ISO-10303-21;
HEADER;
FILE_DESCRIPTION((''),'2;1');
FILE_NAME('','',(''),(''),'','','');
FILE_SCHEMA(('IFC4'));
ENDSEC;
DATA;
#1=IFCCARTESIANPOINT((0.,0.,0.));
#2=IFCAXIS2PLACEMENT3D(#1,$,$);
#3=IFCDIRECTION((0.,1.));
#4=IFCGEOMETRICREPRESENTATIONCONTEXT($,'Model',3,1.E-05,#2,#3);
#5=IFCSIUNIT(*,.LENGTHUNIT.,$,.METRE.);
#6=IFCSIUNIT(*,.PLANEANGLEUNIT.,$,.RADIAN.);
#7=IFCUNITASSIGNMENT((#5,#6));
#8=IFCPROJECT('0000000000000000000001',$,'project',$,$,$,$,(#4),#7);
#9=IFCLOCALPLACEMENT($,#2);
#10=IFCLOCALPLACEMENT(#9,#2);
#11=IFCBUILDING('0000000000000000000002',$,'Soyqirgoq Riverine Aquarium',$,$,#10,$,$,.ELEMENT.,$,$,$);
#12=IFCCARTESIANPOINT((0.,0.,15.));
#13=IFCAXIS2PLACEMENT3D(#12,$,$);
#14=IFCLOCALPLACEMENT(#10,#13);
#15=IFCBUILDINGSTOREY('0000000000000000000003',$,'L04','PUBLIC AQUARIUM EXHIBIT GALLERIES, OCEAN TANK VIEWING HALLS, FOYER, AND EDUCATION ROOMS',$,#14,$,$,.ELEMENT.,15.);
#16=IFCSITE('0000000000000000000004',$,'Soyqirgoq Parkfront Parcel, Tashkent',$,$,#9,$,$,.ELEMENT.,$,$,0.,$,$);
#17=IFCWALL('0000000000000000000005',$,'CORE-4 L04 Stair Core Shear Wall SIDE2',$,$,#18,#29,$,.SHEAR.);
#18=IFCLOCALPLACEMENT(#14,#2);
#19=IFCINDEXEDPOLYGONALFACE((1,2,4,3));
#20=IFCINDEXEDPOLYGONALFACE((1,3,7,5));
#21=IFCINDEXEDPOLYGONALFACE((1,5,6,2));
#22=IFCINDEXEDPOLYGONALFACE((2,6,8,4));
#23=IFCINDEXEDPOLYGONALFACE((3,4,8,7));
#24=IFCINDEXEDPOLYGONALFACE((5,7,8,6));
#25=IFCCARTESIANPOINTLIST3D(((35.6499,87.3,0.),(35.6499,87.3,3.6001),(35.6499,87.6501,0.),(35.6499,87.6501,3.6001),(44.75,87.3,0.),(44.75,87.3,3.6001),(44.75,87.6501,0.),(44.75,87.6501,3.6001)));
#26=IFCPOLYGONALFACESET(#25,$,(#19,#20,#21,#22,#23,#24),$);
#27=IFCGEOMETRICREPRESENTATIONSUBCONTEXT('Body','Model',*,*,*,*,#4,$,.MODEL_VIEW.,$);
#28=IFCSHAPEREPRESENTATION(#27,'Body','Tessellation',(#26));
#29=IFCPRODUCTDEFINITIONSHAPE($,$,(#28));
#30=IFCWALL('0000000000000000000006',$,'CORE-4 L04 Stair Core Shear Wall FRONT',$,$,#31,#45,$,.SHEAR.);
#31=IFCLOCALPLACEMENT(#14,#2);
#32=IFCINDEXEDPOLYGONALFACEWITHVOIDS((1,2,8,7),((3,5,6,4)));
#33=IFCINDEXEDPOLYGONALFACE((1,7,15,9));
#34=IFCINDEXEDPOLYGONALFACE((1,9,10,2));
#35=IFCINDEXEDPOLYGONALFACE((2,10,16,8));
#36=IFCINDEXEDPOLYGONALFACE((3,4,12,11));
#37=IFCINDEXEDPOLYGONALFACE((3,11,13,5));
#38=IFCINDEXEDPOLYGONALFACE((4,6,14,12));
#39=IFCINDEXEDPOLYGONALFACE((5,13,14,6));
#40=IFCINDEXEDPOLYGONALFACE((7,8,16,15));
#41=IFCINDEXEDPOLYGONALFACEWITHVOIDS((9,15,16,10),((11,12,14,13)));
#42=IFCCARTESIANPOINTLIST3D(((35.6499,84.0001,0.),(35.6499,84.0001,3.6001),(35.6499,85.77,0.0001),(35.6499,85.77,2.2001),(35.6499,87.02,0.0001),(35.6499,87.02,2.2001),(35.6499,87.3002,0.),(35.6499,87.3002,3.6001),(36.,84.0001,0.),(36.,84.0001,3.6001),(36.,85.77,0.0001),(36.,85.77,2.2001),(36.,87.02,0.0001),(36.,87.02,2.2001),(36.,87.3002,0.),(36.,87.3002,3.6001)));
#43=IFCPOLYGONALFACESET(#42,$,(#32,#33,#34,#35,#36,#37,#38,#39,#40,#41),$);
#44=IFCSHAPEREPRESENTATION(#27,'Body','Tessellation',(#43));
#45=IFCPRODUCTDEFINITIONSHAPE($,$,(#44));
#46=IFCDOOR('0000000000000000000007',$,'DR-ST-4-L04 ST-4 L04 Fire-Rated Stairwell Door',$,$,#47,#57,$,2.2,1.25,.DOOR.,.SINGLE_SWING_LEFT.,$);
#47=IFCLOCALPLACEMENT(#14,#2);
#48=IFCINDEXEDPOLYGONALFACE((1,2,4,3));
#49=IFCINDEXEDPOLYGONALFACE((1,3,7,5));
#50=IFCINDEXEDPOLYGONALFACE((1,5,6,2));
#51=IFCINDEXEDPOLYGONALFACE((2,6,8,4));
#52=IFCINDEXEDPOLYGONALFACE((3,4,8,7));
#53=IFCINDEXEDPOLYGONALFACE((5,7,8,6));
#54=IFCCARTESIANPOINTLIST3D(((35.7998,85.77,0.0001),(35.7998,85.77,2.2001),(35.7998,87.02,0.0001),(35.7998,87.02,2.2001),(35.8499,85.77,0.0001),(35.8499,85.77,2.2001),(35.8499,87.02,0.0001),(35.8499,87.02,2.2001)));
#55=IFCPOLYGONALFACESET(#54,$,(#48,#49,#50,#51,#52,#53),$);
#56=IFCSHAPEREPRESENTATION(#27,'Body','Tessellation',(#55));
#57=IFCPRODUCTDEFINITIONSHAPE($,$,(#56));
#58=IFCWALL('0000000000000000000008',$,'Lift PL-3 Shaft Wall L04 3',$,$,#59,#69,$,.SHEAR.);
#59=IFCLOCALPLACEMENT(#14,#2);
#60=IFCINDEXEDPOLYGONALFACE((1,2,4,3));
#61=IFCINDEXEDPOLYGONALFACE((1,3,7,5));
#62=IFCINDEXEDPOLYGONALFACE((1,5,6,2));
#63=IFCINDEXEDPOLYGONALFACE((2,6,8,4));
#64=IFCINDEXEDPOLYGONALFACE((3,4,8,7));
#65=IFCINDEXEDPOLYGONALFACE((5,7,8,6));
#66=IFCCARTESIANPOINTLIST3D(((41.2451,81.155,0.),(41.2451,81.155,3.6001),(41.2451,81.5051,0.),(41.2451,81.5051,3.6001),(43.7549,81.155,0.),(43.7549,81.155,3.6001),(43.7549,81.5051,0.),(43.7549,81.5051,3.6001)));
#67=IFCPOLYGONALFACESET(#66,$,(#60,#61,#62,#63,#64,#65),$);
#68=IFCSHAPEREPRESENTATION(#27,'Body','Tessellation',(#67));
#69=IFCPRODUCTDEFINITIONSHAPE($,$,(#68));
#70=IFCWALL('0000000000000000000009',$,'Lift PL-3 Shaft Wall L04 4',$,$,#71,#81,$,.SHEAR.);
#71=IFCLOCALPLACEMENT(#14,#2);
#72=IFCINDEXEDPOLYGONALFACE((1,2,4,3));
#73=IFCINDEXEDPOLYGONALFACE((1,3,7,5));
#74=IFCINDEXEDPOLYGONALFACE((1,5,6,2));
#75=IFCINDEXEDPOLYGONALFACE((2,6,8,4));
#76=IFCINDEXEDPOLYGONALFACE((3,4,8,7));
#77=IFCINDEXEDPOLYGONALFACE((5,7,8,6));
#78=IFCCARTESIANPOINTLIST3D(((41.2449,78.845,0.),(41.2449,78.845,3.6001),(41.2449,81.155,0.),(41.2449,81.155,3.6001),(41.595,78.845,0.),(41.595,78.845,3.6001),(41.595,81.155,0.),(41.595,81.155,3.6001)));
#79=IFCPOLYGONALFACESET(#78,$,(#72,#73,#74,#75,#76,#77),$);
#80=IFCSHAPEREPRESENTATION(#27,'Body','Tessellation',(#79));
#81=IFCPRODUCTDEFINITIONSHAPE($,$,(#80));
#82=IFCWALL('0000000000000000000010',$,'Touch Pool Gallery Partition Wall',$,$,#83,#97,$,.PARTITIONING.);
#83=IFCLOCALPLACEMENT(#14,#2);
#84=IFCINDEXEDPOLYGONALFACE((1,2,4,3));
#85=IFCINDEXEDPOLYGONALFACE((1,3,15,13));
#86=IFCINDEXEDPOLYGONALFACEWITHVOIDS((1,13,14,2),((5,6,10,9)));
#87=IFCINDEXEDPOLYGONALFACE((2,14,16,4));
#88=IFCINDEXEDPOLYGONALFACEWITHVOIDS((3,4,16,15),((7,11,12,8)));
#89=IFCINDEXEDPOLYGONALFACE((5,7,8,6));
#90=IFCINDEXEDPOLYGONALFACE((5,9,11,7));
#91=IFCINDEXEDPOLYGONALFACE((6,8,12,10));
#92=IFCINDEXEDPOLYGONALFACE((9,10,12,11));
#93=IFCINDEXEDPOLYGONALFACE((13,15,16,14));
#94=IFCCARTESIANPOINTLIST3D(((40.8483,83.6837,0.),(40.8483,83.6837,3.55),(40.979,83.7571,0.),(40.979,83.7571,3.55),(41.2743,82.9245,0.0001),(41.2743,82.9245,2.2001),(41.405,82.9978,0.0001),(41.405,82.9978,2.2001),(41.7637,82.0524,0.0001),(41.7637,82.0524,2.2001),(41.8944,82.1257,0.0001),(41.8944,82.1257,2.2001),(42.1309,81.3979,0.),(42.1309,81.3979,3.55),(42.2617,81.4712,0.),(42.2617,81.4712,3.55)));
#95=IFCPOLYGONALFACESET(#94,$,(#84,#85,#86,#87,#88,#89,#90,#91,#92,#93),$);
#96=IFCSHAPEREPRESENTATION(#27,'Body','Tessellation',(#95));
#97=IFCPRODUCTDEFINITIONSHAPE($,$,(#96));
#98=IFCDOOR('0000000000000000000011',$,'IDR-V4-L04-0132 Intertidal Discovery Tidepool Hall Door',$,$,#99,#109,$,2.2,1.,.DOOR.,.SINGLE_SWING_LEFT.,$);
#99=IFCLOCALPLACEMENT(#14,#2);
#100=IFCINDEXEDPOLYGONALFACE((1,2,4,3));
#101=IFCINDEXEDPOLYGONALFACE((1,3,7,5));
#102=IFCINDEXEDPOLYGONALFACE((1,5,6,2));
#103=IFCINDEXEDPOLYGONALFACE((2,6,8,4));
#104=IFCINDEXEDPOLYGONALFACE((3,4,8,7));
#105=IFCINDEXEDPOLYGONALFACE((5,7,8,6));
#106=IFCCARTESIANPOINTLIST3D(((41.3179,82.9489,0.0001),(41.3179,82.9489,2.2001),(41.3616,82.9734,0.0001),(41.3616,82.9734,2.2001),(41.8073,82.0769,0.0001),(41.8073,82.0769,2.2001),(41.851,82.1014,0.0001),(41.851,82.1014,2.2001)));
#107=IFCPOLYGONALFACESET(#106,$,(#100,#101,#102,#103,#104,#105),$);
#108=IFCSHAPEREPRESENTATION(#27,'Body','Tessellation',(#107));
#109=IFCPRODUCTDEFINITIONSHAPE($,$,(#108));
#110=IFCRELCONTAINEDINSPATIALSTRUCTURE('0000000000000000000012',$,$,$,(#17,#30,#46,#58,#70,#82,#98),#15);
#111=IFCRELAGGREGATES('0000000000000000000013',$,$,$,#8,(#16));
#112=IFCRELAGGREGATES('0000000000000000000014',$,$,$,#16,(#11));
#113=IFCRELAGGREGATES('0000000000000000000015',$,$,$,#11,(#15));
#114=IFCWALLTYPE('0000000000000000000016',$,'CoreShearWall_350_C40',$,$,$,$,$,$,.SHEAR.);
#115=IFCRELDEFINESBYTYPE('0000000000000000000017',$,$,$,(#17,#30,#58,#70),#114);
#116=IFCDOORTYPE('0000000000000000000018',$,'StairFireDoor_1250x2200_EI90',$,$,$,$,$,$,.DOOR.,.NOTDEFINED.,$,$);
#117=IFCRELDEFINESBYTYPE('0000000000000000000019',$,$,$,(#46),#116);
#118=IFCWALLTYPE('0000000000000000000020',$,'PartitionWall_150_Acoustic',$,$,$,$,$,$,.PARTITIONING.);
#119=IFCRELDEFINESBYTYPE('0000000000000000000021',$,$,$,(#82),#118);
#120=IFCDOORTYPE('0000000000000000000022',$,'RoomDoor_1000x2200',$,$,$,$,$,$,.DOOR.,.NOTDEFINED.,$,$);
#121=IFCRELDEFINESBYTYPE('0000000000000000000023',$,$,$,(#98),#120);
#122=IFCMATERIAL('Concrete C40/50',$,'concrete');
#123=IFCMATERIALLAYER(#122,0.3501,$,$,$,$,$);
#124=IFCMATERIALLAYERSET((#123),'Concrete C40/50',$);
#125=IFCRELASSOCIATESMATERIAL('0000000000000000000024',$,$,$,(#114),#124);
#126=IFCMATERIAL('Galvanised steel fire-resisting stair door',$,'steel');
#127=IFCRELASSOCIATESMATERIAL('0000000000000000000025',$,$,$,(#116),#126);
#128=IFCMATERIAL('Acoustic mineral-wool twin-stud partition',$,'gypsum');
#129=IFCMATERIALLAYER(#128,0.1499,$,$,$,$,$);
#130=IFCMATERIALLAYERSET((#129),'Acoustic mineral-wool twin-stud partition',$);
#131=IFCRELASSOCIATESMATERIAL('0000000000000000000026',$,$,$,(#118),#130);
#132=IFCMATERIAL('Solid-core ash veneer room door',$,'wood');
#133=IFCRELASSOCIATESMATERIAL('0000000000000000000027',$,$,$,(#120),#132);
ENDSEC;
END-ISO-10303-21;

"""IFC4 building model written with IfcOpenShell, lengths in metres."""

from ifc_helpers import new_model, si_unit, direction, frame, frame_2d, origin, place, context, subcontext, project, spatial, rectangle, extrude, material, layer, layer_set, type_object, element, fill, save


model = new_model("IFC4")

# Units and contexts
model_context = context("Model", 3, precision=1e-05, world=origin(), true_north=direction((0.0, 1.0)))
body_context = subcontext(model_context, "Body", "Model", "MODEL_VIEW")
ifc_project = project(units=[si_unit("LENGTHUNIT", "METRE"), si_unit("PLANEANGLEUNIT", "RADIAN")], contexts=[model_context])

# Site, building, storey
site_placement = place(None, origin())
site = spatial("IfcSite", under=ifc_project, at=site_placement, Name="Soyqirgoq Parkfront Parcel, Tashkent", CompositionType="ELEMENT", RefElevation=0.0)
building_placement = place(site_placement, origin())
building = spatial("IfcBuilding", under=site, at=building_placement, Name="Soyqirgoq Riverine Aquarium", CompositionType="ELEMENT")
storey_placement = place(building_placement, frame((0.0, 0.0, 15.0)))
storey = spatial("IfcBuildingStorey", under=building, at=storey_placement, Name="L04", Description="PUBLIC AQUARIUM EXHIBIT GALLERIES, OCEAN TANK VIEWING HALLS, FOYER, AND EDUCATION ROOMS", CompositionType="ELEMENT", Elevation=15.0)

# Wall
ifc_material_1 = material(Name="Concrete C40/50", Category="concrete")
ifc_layer_1 = layer(ifc_material_1, 0.3501)
ifc_layer_set_1 = layer_set([ifc_layer_1], Name="Concrete C40/50")
wall_type_1 = type_object("IfcWallType", Name="CoreShearWall_350_C40", PredefinedType="SHEAR", material=ifc_layer_set_1)
wall_1_placement = place(storey_placement, frame((44.75, 87.4751, 0.0), z_axis=(0.0, 0.0, 1.0), x_axis=(-1.0, 0.0, 0.0)))
element("IfcWall", 1, at=wall_1_placement, inside=storey, type_object=wall_type_1, Name="CORE-4 L04 Stair Core Shear Wall SIDE2", PredefinedType="SHEAR", context=body_context, shape_type="SweptSolid", body=[
    extrude(rectangle(XDim=9.1001, YDim=0.3501, at=frame_2d((4.55, 0.0))), origin(), (0.0, 0.0, 1.0), 3.6001),
])

# Wall, opening, door
wall_2_placement = place(storey_placement, frame((35.825, 87.3, 0.0), z_axis=(0.0, 0.0, 1.0), x_axis=(0.0, -1.0, 0.0)))
wall_2 = element("IfcWall", 2, at=wall_2_placement, inside=storey, type_object=wall_type_1, Name="CORE-4 L04 Stair Core Shear Wall FRONT", PredefinedType="SHEAR", context=body_context, shape_type="SweptSolid", body=[
    extrude(rectangle(XDim=3.3, YDim=0.3501, at=frame_2d((1.6499, 0.0))), origin(), (0.0, 0.0, 1.0), 3.6001),
])
opening_1_placement = place(wall_2_placement, frame((0.28, 0.0, 0.0)))
opening_1 = element("IfcOpeningElement", 3, at=opening_1_placement, cuts=wall_2, PredefinedType="OPENING", context=body_context, shape_type="SweptSolid", body=[
    extrude(rectangle(XDim=1.25, YDim=2.2, at=frame_2d((0.625, 1.1001))), frame((0.0, 0.1851, 0.0), z_axis=(0.0, -1.0, 0.0), x_axis=(1.0, 0.0, 0.0)), (0.0, 0.0, 1.0), 0.3701),
])
ifc_material_2 = material(Name="Galvanised steel fire-resisting stair door", Category="steel")
door_type_1 = type_object("IfcDoorType", Name="StairFireDoor_1250x2200_EI90", OperationType="NOTDEFINED", PredefinedType="DOOR", material=ifc_material_2)
door_1_placement = place(opening_1_placement, origin())
door_1 = element("IfcDoor", 4, at=door_1_placement, inside=storey, type_object=door_type_1, Name="DR-ST-4-L04 ST-4 L04 Fire-Rated Stairwell Door", OperationType="SINGLE_SWING_LEFT", OverallHeight=2.2, OverallWidth=1.25, PredefinedType="DOOR", context=body_context, shape_type="SweptSolid", body=[
    extrude(rectangle(XDim=1.25, YDim=2.2, at=frame_2d((0.625, 1.1001))), frame((0.0, 0.0249, 0.0), z_axis=(0.0, -1.0, 0.0), x_axis=(1.0, 0.0, 0.0)), (0.0, 0.0, 1.0), 0.05),
])
fill(opening_1, door_1)

# Walls
wall_3_placement = place(storey_placement, frame((43.7549, 81.3301, 0.0), z_axis=(0.0, 0.0, 1.0), x_axis=(-1.0, 0.0, 0.0)))
element("IfcWall", 5, at=wall_3_placement, inside=storey, type_object=wall_type_1, Name="Lift PL-3 Shaft Wall L04 3", PredefinedType="SHEAR", context=body_context, shape_type="SweptSolid", body=[
    extrude(rectangle(XDim=2.5098, YDim=0.3501, at=frame_2d((1.2549, 0.0))), origin(), (0.0, 0.0, 1.0), 3.6001),
])
wall_4_placement = place(storey_placement, frame((41.4199, 81.155, 0.0), z_axis=(0.0, 0.0, 1.0), x_axis=(0.0, -1.0, 0.0)))
element("IfcWall", 6, at=wall_4_placement, inside=storey, type_object=wall_type_1, Name="Lift PL-3 Shaft Wall L04 4", PredefinedType="SHEAR", context=body_context, shape_type="SweptSolid", body=[
    extrude(rectangle(XDim=2.3101, YDim=0.3501, at=frame_2d((1.155, 0.0))), origin(), (0.0, 0.0, 1.0), 3.6001),
])

# Wall, opening, door
ifc_material_3 = material(Name="Acoustic mineral-wool twin-stud partition", Category="gypsum")
ifc_layer_2 = layer(ifc_material_3, 0.1499)
ifc_layer_set_2 = layer_set([ifc_layer_2], Name="Acoustic mineral-wool twin-stud partition")
wall_type_2 = type_object("IfcWallType", Name="PartitionWall_150_Acoustic", PredefinedType="PARTITIONING", material=ifc_layer_set_2)
wall_5_placement = place(storey_placement, frame((42.1963, 81.4346, 0.0), z_axis=(0.0, 0.0, 1.0), x_axis=(-0.489363, 0.87208, 0.0)))
wall_5 = element("IfcWall", 7, at=wall_5_placement, inside=storey, type_object=wall_type_2, Name="Touch Pool Gallery Partition Wall", PredefinedType="PARTITIONING", context=body_context, shape_type="SweptSolid", body=[
    extrude(rectangle(XDim=2.6211, YDim=0.1499, at=frame_2d((1.3105, 0.0))), origin(), (0.0, 0.0, 1.0), 3.55),
])
opening_2_placement = place(wall_5_placement, frame((0.7505, 0.0, 0.0)))
opening_2 = element("IfcOpeningElement", 8, at=opening_2_placement, cuts=wall_5, PredefinedType="OPENING", context=body_context, shape_type="SweptSolid", body=[
    extrude(rectangle(XDim=1.0, YDim=2.2, at=frame_2d((0.5, 1.1001))), frame((0.0, 0.085, 0.0), z_axis=(0.0, -1.0, 0.0), x_axis=(1.0, 0.0, 0.0)), (0.0, 0.0, 1.0), 0.1699),
])
ifc_material_4 = material(Name="Solid-core ash veneer room door", Category="wood")
door_type_2 = type_object("IfcDoorType", Name="RoomDoor_1000x2200", OperationType="NOTDEFINED", PredefinedType="DOOR", material=ifc_material_4)
door_2_placement = place(opening_2_placement, origin())
door_2 = element("IfcDoor", 9, at=door_2_placement, inside=storey, type_object=door_type_2, Name="IDR-V4-L04-0132 Intertidal Discovery Tidepool Hall Door", OperationType="SINGLE_SWING_LEFT", OverallHeight=2.2, OverallWidth=1.0, PredefinedType="DOOR", context=body_context, shape_type="SweptSolid", body=[
    extrude(rectangle(XDim=1.0, YDim=2.2, at=frame_2d((0.5, 1.1001))), frame((0.0, 0.0249, 0.0), z_axis=(0.0, -1.0, 0.0), x_axis=(1.0, 0.0, 0.0)), (0.0, 0.0, 1.0), 0.05),
])
fill(opening_2, door_2)

save(model, "model.ifc")
